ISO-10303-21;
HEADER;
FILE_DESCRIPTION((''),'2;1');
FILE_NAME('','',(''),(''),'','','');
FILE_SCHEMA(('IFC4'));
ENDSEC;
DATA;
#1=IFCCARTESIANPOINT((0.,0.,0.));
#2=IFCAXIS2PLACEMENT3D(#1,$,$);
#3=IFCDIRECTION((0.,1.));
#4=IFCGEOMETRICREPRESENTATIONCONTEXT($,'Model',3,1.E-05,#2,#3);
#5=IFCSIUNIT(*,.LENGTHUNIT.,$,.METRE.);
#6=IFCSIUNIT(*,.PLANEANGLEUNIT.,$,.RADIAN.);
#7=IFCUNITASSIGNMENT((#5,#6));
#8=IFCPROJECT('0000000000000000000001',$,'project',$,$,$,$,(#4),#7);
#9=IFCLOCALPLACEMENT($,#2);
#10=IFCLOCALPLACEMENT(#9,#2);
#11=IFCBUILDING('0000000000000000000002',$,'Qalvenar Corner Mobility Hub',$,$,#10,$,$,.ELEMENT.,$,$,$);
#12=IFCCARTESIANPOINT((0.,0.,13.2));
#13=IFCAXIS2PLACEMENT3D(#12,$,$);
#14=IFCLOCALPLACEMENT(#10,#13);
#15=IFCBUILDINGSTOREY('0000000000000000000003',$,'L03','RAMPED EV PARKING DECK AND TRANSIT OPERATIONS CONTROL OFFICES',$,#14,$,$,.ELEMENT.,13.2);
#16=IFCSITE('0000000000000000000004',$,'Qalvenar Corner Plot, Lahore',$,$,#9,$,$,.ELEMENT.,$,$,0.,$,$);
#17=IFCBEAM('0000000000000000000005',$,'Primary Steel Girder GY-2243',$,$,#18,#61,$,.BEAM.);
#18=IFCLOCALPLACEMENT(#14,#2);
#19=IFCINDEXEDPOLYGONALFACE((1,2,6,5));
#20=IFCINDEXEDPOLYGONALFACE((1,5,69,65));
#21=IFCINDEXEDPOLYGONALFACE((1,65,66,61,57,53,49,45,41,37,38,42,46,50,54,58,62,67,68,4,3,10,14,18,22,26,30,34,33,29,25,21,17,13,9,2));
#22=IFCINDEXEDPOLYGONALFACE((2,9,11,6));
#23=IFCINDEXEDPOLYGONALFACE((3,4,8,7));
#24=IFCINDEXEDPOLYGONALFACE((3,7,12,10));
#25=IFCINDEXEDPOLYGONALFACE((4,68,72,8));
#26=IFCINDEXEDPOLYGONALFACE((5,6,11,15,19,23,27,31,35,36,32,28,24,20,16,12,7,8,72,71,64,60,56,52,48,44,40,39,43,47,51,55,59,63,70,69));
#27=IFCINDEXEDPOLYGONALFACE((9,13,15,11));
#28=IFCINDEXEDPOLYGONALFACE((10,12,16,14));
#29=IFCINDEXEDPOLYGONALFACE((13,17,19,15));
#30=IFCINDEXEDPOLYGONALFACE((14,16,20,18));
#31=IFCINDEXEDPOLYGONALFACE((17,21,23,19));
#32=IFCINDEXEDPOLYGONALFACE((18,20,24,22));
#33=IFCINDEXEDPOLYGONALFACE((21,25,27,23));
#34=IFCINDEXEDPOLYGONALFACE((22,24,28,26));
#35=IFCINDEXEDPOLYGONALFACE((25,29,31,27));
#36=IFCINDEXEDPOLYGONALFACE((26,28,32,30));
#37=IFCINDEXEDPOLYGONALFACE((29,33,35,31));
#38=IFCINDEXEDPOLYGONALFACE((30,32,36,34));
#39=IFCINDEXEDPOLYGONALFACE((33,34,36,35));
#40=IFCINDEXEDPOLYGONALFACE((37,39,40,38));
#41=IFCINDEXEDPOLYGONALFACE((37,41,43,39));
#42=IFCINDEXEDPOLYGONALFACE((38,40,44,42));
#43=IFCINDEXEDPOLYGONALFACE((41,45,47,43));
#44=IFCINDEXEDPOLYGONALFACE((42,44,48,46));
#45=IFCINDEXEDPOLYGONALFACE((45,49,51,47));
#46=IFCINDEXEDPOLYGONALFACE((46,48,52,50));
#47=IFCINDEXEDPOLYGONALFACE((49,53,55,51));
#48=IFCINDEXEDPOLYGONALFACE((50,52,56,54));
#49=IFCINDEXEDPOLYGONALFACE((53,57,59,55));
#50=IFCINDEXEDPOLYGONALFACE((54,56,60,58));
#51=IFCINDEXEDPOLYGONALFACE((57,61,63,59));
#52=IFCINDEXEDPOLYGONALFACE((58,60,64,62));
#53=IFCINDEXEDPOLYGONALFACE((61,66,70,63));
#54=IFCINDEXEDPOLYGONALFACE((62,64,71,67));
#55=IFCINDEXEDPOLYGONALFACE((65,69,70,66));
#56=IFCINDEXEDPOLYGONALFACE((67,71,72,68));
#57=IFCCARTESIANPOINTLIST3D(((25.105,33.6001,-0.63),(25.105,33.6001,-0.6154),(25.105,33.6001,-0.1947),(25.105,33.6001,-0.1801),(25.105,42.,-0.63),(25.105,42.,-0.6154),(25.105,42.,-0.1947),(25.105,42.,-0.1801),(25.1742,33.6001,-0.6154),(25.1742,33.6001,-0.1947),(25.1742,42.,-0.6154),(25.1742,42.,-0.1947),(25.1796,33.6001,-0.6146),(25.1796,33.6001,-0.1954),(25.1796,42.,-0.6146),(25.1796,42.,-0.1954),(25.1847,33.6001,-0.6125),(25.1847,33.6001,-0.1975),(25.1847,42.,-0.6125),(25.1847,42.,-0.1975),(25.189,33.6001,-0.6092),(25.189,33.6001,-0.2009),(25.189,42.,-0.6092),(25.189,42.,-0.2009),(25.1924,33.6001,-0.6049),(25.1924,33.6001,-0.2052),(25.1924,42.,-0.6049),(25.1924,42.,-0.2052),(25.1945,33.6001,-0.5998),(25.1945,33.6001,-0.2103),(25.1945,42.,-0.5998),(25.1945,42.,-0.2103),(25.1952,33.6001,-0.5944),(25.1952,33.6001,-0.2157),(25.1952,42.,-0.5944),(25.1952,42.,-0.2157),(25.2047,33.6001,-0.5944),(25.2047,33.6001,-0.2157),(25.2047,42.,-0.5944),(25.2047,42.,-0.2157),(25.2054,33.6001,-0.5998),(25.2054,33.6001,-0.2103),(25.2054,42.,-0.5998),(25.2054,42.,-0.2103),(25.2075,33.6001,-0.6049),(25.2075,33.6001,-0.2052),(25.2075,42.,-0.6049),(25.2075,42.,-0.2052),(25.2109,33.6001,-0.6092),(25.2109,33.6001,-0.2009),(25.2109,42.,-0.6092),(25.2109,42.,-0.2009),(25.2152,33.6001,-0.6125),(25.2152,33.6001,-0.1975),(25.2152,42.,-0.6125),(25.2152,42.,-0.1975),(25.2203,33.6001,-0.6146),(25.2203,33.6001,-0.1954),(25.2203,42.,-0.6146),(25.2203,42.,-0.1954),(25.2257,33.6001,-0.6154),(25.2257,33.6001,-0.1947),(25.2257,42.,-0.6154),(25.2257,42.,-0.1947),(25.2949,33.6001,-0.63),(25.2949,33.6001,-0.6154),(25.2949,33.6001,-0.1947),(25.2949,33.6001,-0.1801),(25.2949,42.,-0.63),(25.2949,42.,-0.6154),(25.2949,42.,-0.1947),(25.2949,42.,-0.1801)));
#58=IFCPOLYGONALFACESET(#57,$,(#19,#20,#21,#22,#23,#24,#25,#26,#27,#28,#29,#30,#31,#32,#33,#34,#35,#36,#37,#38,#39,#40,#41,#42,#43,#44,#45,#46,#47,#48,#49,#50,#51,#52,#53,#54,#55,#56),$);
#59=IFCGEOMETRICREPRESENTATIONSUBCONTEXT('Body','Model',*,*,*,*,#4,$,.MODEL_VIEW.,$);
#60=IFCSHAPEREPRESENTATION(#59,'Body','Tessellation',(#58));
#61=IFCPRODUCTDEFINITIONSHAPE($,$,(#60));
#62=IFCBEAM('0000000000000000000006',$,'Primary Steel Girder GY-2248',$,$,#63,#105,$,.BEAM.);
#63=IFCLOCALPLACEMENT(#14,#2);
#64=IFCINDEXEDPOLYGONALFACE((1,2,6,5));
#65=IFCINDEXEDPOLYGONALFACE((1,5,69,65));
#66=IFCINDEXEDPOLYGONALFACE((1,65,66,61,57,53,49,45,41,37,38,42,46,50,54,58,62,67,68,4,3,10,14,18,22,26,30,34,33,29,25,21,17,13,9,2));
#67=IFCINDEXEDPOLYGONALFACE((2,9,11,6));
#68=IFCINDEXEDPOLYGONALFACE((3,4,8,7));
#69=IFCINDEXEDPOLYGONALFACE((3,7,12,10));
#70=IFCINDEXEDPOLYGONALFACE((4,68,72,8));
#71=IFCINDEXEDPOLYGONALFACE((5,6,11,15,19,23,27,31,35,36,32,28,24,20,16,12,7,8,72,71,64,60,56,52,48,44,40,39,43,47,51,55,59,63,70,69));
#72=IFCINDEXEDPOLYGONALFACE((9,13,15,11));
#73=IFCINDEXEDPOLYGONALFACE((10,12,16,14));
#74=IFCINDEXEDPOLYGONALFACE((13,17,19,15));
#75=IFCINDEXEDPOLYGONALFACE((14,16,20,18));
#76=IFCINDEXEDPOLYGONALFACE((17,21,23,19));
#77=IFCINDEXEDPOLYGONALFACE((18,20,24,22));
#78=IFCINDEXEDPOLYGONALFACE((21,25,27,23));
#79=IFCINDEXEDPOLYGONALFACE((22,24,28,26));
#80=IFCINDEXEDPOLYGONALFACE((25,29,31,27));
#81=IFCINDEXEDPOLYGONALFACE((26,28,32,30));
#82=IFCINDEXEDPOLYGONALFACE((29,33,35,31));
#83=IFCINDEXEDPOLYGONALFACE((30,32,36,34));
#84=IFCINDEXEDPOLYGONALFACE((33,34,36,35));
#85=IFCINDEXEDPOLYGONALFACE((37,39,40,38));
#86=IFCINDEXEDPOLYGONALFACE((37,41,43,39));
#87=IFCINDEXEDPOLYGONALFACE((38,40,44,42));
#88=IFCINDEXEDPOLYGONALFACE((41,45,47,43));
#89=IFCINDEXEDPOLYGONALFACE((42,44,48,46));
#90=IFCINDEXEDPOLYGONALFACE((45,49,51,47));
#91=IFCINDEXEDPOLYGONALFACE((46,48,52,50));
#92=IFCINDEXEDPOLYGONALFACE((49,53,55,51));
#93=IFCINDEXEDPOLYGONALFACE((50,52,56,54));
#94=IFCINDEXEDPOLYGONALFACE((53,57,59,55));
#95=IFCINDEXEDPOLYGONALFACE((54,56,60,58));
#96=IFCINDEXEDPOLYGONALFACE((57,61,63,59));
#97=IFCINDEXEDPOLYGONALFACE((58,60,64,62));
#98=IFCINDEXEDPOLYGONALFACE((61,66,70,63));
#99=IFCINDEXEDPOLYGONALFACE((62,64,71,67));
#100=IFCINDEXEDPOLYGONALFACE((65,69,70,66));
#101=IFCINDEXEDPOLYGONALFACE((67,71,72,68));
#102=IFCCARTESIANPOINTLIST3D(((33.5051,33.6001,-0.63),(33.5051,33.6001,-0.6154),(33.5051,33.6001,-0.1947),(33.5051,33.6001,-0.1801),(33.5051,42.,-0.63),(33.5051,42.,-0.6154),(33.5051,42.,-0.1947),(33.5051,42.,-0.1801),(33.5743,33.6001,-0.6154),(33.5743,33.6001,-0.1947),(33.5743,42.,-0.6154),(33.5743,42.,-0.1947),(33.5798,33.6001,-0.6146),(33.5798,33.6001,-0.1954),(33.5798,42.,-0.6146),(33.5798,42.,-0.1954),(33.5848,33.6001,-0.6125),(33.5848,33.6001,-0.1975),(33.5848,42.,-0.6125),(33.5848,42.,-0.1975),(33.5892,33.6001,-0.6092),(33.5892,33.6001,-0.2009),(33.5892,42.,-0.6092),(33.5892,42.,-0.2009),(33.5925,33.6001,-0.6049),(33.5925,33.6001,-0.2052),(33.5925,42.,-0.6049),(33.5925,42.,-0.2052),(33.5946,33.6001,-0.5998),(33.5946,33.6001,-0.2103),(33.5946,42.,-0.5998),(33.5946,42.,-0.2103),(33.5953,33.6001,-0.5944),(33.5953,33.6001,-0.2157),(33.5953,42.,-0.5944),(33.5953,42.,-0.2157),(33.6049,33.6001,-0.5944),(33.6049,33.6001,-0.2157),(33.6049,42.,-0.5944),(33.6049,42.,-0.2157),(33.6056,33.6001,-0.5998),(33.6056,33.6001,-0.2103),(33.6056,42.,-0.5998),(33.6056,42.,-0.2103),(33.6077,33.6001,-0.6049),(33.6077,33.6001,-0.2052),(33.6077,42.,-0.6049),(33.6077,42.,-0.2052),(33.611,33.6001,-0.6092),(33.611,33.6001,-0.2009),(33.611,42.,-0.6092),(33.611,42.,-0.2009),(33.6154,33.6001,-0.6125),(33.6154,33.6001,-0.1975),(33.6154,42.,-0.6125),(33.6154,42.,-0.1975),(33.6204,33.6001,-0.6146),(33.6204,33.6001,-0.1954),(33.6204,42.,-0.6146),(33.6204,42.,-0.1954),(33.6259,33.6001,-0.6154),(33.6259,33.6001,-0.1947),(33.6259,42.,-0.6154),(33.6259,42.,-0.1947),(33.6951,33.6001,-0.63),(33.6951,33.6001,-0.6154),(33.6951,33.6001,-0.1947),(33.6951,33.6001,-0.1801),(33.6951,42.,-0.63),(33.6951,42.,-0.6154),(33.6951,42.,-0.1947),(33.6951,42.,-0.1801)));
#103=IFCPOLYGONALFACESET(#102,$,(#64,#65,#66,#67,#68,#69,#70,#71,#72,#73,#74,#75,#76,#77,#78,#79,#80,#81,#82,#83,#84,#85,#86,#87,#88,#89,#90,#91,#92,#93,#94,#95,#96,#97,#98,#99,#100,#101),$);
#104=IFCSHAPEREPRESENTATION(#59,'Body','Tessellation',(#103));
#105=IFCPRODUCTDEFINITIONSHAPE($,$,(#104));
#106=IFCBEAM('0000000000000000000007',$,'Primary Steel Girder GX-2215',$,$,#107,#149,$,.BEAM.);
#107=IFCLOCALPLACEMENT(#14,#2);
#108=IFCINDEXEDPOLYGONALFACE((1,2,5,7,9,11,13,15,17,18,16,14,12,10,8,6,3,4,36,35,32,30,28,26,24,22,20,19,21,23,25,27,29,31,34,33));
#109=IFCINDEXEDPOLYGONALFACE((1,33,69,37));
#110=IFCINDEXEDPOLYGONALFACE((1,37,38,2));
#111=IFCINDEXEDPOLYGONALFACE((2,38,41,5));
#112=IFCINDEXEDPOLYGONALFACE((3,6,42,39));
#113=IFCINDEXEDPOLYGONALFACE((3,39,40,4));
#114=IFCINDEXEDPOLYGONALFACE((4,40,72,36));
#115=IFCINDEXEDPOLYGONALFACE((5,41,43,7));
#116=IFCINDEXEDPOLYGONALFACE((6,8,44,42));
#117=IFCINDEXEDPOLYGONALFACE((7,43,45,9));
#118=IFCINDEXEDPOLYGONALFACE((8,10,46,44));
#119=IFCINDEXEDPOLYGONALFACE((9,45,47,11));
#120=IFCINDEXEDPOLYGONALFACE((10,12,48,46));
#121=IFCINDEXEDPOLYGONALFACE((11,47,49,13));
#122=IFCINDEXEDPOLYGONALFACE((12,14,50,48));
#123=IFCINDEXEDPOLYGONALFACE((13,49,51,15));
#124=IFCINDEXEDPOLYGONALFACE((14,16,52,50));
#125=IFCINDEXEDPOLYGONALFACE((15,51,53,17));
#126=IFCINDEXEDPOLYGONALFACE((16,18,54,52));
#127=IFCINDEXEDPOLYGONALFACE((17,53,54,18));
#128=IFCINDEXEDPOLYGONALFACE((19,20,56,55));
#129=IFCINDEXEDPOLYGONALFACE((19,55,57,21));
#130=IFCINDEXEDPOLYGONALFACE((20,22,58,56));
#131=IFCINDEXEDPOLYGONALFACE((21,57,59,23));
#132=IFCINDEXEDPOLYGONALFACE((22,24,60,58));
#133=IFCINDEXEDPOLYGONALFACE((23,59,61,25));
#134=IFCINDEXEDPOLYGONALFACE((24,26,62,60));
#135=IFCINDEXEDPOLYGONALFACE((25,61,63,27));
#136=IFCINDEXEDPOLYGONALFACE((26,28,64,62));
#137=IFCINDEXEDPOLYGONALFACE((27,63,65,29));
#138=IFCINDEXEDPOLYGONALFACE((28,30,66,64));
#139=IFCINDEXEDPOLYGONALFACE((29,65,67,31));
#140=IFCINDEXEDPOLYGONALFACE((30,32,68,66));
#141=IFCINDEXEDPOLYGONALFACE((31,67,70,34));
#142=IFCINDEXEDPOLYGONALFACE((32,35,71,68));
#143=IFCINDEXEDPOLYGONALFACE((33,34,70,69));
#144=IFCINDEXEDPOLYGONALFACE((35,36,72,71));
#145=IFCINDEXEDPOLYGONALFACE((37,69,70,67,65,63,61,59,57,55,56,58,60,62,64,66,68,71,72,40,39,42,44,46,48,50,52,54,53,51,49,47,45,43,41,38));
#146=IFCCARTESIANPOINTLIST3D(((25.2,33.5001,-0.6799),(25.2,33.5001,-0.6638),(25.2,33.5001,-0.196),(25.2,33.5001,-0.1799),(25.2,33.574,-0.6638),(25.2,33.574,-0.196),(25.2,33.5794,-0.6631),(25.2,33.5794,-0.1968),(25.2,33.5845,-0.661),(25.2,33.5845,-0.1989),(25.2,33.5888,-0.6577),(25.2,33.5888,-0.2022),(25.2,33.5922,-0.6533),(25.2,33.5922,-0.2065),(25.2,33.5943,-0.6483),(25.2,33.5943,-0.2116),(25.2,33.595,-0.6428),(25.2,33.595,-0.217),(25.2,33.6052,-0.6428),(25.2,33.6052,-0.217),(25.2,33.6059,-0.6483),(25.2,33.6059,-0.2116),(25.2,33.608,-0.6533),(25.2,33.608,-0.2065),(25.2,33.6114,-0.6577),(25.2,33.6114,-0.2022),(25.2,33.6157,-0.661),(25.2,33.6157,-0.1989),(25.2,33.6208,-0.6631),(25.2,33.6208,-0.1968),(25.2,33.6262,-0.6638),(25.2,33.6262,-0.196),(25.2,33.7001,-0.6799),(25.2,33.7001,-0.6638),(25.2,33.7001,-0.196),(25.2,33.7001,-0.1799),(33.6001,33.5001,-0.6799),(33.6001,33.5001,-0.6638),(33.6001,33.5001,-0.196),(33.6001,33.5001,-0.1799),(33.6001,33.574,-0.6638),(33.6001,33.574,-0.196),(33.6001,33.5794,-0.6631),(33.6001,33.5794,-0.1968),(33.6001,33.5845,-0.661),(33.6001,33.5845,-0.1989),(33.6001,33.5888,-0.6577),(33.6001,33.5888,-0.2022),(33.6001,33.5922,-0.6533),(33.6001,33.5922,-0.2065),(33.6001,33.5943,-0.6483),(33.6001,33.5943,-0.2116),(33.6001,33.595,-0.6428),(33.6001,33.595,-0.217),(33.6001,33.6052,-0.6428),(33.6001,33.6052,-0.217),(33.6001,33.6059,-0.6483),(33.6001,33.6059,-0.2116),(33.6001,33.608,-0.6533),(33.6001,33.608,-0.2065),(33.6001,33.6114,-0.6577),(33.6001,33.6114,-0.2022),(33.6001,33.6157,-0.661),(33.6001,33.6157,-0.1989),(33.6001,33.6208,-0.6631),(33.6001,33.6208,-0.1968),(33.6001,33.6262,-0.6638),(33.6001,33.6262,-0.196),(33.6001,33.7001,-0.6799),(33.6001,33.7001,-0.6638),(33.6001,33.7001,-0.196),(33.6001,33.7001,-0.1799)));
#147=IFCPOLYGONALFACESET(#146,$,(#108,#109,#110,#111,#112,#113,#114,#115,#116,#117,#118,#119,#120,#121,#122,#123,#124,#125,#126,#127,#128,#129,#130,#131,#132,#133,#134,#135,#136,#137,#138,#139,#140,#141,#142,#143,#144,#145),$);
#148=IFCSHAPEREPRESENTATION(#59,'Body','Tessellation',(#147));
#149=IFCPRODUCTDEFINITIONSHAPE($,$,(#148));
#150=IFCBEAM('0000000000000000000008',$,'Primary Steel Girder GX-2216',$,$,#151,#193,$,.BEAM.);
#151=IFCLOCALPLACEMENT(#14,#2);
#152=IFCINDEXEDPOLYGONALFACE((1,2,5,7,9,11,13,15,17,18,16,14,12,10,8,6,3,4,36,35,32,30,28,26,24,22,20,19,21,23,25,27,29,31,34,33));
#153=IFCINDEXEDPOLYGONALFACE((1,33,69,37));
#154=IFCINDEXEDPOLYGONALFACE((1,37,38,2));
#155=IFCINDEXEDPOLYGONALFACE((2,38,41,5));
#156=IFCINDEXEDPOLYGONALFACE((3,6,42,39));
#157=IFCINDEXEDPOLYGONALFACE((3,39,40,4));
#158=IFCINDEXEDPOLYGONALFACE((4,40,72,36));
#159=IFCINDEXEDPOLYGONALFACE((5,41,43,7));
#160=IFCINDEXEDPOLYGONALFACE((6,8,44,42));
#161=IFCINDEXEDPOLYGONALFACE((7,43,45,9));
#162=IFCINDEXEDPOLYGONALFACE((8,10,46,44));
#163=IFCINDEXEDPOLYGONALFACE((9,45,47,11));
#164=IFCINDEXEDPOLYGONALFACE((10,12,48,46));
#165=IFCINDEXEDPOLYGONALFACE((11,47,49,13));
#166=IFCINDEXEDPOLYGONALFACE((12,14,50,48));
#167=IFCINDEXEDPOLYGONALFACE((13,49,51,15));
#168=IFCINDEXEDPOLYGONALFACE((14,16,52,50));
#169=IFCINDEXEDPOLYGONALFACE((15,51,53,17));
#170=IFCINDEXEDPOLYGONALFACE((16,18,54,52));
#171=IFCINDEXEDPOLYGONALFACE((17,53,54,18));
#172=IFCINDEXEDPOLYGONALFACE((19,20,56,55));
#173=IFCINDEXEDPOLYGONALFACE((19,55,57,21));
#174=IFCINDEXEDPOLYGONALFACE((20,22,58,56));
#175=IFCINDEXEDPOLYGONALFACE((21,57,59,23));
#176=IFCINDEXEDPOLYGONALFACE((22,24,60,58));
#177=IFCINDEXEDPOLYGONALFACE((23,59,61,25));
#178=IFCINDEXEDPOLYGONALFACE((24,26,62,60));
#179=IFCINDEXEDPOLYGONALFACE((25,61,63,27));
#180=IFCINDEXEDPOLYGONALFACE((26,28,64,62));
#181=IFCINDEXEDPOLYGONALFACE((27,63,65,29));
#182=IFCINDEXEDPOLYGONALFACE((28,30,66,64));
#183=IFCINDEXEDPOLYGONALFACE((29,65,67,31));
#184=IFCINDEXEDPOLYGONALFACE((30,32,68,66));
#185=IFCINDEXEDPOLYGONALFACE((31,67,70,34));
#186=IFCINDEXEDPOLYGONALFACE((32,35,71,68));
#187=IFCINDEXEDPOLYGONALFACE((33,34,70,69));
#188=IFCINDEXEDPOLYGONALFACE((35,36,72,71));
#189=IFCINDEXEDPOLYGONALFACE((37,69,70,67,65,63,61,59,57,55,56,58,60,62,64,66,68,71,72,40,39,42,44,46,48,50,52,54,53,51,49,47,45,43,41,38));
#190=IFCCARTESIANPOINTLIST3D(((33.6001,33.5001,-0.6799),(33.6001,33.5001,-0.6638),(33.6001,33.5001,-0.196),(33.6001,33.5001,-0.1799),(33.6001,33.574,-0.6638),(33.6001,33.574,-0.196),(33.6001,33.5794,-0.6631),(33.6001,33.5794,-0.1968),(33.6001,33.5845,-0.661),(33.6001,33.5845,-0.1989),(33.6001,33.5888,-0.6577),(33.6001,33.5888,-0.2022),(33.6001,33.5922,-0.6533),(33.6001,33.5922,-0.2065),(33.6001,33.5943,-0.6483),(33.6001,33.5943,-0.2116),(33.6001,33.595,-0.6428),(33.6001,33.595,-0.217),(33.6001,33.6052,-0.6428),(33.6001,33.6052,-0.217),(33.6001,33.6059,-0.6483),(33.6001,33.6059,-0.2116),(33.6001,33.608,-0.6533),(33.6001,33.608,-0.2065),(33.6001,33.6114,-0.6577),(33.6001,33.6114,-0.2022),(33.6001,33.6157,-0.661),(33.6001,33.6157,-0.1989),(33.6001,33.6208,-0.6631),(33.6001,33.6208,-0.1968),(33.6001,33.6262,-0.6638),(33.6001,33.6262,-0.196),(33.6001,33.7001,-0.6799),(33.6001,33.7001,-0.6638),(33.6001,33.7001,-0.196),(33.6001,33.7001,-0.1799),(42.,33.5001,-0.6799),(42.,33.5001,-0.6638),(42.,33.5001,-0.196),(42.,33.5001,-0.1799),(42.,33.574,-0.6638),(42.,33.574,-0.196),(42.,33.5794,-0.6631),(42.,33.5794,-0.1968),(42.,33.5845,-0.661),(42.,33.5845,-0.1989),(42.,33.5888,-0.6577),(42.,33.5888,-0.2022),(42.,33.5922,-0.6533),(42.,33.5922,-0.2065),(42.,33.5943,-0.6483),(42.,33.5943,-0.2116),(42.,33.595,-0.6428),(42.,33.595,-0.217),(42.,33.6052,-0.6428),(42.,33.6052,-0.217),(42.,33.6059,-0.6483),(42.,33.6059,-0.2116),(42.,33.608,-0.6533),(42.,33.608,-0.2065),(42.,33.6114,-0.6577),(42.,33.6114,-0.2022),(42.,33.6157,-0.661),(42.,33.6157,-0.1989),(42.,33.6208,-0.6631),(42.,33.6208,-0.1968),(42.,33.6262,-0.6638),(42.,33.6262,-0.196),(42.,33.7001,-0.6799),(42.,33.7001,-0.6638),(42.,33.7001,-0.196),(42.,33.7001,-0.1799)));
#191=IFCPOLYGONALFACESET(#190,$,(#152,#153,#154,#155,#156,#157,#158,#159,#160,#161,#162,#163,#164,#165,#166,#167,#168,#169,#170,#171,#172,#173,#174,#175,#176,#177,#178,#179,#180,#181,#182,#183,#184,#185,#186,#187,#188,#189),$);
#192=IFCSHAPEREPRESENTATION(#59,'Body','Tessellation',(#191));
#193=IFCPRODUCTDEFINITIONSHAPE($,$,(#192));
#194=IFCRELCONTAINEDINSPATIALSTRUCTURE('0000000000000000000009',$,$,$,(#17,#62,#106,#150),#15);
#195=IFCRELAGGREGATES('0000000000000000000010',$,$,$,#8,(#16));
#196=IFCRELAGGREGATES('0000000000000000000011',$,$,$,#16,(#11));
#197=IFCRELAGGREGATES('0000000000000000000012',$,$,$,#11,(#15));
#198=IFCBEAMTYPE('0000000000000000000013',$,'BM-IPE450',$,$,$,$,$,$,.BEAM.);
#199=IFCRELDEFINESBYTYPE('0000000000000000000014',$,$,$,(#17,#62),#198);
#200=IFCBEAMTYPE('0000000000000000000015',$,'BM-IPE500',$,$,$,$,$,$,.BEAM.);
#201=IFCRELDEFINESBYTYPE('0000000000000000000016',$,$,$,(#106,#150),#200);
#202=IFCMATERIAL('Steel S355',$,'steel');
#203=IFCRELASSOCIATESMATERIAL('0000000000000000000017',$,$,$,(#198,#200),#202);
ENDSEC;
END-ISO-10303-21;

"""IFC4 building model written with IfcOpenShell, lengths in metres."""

from ifc_helpers import new_model, si_unit, direction, frame, origin, origin_2d, place, context, subcontext, project, spatial, i_section, extrude, material, material_profile, profile_set, type_object, element, save


model = new_model("IFC4")

# Units and contexts
model_context = context("Model", 3, precision=1e-05, world=origin(), true_north=direction((0.0, 1.0)))
body_context = subcontext(model_context, "Body", "Model", "MODEL_VIEW")
ifc_project = project(units=[si_unit("LENGTHUNIT", "METRE"), si_unit("PLANEANGLEUNIT", "RADIAN")], contexts=[model_context])

# Site, building, storey
site_placement = place(None, origin())
site = spatial("IfcSite", under=ifc_project, at=site_placement, Name="Qalvenar Corner Plot, Lahore", CompositionType="ELEMENT", RefElevation=0.0)
building_placement = place(site_placement, origin())
building = spatial("IfcBuilding", under=site, at=building_placement, Name="Qalvenar Corner Mobility Hub", CompositionType="ELEMENT")
storey_placement = place(building_placement, frame((0.0, 0.0, 13.2)))
storey = spatial("IfcBuildingStorey", under=building, at=storey_placement, Name="L03", Description="RAMPED EV PARKING DECK AND TRANSIT OPERATIONS CONTROL OFFICES", CompositionType="ELEMENT", Elevation=13.2)

# Shared definitions
ifc_material_1 = material(Name="Steel S355", Category="steel")

# Beams
ifc_material_profile_1 = material_profile(ifc_material_1, i_section(OverallWidth=0.1899, OverallDepth=0.45, WebThickness=0.0095, FlangeThickness=0.0146, FilletRadius=0.021, at=origin_2d()), Name="IPE450")
ifc_profile_set_1 = profile_set([ifc_material_profile_1], Name="Steel S355")
beam_type_1 = type_object("IfcBeamType", Name="BM-IPE450", PredefinedType="BEAM", material=ifc_profile_set_1)
for number, where, z_axis, x_axis, name in (
    (1, (25.2, 33.6001, -0.405), (0.0, 1.0, 0.0), (-1.0, 0.0, 0.0), "Primary Steel Girder GY-2243"),
    (2, (33.6001, 33.6001, -0.405), (0.0, 1.0, 0.0), (-1.0, 0.0, 0.0), "Primary Steel Girder GY-2248"),
):
    element("IfcBeam", number, at=place(storey_placement, frame(where, z_axis=z_axis, x_axis=x_axis)), inside=storey, type_object=beam_type_1, Name=name, PredefinedType="BEAM", context=body_context, shape_type="SweptSolid", body=[
        extrude(i_section(OverallWidth=0.1899, OverallDepth=0.45, WebThickness=0.0095, FlangeThickness=0.0146, FilletRadius=0.021, at=origin_2d()), origin(), (0.0, 0.0, 1.0), 8.3999),
    ])
ifc_material_profile_2 = material_profile(ifc_material_1, i_section(OverallWidth=0.2, OverallDepth=0.5, WebThickness=0.0103, FlangeThickness=0.0161, FilletRadius=0.021, at=origin_2d()), Name="IPE500")
ifc_profile_set_2 = profile_set([ifc_material_profile_2], Name="Steel S355")
beam_type_2 = type_object("IfcBeamType", Name="BM-IPE500", PredefinedType="BEAM", material=ifc_profile_set_2)
beam_1_placement = place(storey_placement, frame((25.2, 33.6001, -0.4299), z_axis=(1.0, 0.0, 0.0), x_axis=(0.0, 1.0, 0.0)))
element("IfcBeam", 3, at=beam_1_placement, inside=storey, type_object=beam_type_2, Name="Primary Steel Girder GX-2215", PredefinedType="BEAM", context=body_context, shape_type="SweptSolid", body=[
    extrude(i_section(OverallWidth=0.2, OverallDepth=0.5, WebThickness=0.0103, FlangeThickness=0.0161, FilletRadius=0.021, at=origin_2d()), origin(), (0.0, 0.0, 1.0), 8.4001),
])
beam_2_placement = place(storey_placement, frame((33.6001, 33.6001, -0.4299), z_axis=(1.0, 0.0, 0.0), x_axis=(0.0, 1.0, 0.0)))
element("IfcBeam", 4, at=beam_2_placement, inside=storey, type_object=beam_type_2, Name="Primary Steel Girder GX-2216", PredefinedType="BEAM", context=body_context, shape_type="SweptSolid", body=[
    extrude(i_section(OverallWidth=0.2, OverallDepth=0.5, WebThickness=0.0103, FlangeThickness=0.0161, FilletRadius=0.021, at=origin_2d()), origin(), (0.0, 0.0, 1.0), 8.3999),
])

save(model, "model.ifc")
